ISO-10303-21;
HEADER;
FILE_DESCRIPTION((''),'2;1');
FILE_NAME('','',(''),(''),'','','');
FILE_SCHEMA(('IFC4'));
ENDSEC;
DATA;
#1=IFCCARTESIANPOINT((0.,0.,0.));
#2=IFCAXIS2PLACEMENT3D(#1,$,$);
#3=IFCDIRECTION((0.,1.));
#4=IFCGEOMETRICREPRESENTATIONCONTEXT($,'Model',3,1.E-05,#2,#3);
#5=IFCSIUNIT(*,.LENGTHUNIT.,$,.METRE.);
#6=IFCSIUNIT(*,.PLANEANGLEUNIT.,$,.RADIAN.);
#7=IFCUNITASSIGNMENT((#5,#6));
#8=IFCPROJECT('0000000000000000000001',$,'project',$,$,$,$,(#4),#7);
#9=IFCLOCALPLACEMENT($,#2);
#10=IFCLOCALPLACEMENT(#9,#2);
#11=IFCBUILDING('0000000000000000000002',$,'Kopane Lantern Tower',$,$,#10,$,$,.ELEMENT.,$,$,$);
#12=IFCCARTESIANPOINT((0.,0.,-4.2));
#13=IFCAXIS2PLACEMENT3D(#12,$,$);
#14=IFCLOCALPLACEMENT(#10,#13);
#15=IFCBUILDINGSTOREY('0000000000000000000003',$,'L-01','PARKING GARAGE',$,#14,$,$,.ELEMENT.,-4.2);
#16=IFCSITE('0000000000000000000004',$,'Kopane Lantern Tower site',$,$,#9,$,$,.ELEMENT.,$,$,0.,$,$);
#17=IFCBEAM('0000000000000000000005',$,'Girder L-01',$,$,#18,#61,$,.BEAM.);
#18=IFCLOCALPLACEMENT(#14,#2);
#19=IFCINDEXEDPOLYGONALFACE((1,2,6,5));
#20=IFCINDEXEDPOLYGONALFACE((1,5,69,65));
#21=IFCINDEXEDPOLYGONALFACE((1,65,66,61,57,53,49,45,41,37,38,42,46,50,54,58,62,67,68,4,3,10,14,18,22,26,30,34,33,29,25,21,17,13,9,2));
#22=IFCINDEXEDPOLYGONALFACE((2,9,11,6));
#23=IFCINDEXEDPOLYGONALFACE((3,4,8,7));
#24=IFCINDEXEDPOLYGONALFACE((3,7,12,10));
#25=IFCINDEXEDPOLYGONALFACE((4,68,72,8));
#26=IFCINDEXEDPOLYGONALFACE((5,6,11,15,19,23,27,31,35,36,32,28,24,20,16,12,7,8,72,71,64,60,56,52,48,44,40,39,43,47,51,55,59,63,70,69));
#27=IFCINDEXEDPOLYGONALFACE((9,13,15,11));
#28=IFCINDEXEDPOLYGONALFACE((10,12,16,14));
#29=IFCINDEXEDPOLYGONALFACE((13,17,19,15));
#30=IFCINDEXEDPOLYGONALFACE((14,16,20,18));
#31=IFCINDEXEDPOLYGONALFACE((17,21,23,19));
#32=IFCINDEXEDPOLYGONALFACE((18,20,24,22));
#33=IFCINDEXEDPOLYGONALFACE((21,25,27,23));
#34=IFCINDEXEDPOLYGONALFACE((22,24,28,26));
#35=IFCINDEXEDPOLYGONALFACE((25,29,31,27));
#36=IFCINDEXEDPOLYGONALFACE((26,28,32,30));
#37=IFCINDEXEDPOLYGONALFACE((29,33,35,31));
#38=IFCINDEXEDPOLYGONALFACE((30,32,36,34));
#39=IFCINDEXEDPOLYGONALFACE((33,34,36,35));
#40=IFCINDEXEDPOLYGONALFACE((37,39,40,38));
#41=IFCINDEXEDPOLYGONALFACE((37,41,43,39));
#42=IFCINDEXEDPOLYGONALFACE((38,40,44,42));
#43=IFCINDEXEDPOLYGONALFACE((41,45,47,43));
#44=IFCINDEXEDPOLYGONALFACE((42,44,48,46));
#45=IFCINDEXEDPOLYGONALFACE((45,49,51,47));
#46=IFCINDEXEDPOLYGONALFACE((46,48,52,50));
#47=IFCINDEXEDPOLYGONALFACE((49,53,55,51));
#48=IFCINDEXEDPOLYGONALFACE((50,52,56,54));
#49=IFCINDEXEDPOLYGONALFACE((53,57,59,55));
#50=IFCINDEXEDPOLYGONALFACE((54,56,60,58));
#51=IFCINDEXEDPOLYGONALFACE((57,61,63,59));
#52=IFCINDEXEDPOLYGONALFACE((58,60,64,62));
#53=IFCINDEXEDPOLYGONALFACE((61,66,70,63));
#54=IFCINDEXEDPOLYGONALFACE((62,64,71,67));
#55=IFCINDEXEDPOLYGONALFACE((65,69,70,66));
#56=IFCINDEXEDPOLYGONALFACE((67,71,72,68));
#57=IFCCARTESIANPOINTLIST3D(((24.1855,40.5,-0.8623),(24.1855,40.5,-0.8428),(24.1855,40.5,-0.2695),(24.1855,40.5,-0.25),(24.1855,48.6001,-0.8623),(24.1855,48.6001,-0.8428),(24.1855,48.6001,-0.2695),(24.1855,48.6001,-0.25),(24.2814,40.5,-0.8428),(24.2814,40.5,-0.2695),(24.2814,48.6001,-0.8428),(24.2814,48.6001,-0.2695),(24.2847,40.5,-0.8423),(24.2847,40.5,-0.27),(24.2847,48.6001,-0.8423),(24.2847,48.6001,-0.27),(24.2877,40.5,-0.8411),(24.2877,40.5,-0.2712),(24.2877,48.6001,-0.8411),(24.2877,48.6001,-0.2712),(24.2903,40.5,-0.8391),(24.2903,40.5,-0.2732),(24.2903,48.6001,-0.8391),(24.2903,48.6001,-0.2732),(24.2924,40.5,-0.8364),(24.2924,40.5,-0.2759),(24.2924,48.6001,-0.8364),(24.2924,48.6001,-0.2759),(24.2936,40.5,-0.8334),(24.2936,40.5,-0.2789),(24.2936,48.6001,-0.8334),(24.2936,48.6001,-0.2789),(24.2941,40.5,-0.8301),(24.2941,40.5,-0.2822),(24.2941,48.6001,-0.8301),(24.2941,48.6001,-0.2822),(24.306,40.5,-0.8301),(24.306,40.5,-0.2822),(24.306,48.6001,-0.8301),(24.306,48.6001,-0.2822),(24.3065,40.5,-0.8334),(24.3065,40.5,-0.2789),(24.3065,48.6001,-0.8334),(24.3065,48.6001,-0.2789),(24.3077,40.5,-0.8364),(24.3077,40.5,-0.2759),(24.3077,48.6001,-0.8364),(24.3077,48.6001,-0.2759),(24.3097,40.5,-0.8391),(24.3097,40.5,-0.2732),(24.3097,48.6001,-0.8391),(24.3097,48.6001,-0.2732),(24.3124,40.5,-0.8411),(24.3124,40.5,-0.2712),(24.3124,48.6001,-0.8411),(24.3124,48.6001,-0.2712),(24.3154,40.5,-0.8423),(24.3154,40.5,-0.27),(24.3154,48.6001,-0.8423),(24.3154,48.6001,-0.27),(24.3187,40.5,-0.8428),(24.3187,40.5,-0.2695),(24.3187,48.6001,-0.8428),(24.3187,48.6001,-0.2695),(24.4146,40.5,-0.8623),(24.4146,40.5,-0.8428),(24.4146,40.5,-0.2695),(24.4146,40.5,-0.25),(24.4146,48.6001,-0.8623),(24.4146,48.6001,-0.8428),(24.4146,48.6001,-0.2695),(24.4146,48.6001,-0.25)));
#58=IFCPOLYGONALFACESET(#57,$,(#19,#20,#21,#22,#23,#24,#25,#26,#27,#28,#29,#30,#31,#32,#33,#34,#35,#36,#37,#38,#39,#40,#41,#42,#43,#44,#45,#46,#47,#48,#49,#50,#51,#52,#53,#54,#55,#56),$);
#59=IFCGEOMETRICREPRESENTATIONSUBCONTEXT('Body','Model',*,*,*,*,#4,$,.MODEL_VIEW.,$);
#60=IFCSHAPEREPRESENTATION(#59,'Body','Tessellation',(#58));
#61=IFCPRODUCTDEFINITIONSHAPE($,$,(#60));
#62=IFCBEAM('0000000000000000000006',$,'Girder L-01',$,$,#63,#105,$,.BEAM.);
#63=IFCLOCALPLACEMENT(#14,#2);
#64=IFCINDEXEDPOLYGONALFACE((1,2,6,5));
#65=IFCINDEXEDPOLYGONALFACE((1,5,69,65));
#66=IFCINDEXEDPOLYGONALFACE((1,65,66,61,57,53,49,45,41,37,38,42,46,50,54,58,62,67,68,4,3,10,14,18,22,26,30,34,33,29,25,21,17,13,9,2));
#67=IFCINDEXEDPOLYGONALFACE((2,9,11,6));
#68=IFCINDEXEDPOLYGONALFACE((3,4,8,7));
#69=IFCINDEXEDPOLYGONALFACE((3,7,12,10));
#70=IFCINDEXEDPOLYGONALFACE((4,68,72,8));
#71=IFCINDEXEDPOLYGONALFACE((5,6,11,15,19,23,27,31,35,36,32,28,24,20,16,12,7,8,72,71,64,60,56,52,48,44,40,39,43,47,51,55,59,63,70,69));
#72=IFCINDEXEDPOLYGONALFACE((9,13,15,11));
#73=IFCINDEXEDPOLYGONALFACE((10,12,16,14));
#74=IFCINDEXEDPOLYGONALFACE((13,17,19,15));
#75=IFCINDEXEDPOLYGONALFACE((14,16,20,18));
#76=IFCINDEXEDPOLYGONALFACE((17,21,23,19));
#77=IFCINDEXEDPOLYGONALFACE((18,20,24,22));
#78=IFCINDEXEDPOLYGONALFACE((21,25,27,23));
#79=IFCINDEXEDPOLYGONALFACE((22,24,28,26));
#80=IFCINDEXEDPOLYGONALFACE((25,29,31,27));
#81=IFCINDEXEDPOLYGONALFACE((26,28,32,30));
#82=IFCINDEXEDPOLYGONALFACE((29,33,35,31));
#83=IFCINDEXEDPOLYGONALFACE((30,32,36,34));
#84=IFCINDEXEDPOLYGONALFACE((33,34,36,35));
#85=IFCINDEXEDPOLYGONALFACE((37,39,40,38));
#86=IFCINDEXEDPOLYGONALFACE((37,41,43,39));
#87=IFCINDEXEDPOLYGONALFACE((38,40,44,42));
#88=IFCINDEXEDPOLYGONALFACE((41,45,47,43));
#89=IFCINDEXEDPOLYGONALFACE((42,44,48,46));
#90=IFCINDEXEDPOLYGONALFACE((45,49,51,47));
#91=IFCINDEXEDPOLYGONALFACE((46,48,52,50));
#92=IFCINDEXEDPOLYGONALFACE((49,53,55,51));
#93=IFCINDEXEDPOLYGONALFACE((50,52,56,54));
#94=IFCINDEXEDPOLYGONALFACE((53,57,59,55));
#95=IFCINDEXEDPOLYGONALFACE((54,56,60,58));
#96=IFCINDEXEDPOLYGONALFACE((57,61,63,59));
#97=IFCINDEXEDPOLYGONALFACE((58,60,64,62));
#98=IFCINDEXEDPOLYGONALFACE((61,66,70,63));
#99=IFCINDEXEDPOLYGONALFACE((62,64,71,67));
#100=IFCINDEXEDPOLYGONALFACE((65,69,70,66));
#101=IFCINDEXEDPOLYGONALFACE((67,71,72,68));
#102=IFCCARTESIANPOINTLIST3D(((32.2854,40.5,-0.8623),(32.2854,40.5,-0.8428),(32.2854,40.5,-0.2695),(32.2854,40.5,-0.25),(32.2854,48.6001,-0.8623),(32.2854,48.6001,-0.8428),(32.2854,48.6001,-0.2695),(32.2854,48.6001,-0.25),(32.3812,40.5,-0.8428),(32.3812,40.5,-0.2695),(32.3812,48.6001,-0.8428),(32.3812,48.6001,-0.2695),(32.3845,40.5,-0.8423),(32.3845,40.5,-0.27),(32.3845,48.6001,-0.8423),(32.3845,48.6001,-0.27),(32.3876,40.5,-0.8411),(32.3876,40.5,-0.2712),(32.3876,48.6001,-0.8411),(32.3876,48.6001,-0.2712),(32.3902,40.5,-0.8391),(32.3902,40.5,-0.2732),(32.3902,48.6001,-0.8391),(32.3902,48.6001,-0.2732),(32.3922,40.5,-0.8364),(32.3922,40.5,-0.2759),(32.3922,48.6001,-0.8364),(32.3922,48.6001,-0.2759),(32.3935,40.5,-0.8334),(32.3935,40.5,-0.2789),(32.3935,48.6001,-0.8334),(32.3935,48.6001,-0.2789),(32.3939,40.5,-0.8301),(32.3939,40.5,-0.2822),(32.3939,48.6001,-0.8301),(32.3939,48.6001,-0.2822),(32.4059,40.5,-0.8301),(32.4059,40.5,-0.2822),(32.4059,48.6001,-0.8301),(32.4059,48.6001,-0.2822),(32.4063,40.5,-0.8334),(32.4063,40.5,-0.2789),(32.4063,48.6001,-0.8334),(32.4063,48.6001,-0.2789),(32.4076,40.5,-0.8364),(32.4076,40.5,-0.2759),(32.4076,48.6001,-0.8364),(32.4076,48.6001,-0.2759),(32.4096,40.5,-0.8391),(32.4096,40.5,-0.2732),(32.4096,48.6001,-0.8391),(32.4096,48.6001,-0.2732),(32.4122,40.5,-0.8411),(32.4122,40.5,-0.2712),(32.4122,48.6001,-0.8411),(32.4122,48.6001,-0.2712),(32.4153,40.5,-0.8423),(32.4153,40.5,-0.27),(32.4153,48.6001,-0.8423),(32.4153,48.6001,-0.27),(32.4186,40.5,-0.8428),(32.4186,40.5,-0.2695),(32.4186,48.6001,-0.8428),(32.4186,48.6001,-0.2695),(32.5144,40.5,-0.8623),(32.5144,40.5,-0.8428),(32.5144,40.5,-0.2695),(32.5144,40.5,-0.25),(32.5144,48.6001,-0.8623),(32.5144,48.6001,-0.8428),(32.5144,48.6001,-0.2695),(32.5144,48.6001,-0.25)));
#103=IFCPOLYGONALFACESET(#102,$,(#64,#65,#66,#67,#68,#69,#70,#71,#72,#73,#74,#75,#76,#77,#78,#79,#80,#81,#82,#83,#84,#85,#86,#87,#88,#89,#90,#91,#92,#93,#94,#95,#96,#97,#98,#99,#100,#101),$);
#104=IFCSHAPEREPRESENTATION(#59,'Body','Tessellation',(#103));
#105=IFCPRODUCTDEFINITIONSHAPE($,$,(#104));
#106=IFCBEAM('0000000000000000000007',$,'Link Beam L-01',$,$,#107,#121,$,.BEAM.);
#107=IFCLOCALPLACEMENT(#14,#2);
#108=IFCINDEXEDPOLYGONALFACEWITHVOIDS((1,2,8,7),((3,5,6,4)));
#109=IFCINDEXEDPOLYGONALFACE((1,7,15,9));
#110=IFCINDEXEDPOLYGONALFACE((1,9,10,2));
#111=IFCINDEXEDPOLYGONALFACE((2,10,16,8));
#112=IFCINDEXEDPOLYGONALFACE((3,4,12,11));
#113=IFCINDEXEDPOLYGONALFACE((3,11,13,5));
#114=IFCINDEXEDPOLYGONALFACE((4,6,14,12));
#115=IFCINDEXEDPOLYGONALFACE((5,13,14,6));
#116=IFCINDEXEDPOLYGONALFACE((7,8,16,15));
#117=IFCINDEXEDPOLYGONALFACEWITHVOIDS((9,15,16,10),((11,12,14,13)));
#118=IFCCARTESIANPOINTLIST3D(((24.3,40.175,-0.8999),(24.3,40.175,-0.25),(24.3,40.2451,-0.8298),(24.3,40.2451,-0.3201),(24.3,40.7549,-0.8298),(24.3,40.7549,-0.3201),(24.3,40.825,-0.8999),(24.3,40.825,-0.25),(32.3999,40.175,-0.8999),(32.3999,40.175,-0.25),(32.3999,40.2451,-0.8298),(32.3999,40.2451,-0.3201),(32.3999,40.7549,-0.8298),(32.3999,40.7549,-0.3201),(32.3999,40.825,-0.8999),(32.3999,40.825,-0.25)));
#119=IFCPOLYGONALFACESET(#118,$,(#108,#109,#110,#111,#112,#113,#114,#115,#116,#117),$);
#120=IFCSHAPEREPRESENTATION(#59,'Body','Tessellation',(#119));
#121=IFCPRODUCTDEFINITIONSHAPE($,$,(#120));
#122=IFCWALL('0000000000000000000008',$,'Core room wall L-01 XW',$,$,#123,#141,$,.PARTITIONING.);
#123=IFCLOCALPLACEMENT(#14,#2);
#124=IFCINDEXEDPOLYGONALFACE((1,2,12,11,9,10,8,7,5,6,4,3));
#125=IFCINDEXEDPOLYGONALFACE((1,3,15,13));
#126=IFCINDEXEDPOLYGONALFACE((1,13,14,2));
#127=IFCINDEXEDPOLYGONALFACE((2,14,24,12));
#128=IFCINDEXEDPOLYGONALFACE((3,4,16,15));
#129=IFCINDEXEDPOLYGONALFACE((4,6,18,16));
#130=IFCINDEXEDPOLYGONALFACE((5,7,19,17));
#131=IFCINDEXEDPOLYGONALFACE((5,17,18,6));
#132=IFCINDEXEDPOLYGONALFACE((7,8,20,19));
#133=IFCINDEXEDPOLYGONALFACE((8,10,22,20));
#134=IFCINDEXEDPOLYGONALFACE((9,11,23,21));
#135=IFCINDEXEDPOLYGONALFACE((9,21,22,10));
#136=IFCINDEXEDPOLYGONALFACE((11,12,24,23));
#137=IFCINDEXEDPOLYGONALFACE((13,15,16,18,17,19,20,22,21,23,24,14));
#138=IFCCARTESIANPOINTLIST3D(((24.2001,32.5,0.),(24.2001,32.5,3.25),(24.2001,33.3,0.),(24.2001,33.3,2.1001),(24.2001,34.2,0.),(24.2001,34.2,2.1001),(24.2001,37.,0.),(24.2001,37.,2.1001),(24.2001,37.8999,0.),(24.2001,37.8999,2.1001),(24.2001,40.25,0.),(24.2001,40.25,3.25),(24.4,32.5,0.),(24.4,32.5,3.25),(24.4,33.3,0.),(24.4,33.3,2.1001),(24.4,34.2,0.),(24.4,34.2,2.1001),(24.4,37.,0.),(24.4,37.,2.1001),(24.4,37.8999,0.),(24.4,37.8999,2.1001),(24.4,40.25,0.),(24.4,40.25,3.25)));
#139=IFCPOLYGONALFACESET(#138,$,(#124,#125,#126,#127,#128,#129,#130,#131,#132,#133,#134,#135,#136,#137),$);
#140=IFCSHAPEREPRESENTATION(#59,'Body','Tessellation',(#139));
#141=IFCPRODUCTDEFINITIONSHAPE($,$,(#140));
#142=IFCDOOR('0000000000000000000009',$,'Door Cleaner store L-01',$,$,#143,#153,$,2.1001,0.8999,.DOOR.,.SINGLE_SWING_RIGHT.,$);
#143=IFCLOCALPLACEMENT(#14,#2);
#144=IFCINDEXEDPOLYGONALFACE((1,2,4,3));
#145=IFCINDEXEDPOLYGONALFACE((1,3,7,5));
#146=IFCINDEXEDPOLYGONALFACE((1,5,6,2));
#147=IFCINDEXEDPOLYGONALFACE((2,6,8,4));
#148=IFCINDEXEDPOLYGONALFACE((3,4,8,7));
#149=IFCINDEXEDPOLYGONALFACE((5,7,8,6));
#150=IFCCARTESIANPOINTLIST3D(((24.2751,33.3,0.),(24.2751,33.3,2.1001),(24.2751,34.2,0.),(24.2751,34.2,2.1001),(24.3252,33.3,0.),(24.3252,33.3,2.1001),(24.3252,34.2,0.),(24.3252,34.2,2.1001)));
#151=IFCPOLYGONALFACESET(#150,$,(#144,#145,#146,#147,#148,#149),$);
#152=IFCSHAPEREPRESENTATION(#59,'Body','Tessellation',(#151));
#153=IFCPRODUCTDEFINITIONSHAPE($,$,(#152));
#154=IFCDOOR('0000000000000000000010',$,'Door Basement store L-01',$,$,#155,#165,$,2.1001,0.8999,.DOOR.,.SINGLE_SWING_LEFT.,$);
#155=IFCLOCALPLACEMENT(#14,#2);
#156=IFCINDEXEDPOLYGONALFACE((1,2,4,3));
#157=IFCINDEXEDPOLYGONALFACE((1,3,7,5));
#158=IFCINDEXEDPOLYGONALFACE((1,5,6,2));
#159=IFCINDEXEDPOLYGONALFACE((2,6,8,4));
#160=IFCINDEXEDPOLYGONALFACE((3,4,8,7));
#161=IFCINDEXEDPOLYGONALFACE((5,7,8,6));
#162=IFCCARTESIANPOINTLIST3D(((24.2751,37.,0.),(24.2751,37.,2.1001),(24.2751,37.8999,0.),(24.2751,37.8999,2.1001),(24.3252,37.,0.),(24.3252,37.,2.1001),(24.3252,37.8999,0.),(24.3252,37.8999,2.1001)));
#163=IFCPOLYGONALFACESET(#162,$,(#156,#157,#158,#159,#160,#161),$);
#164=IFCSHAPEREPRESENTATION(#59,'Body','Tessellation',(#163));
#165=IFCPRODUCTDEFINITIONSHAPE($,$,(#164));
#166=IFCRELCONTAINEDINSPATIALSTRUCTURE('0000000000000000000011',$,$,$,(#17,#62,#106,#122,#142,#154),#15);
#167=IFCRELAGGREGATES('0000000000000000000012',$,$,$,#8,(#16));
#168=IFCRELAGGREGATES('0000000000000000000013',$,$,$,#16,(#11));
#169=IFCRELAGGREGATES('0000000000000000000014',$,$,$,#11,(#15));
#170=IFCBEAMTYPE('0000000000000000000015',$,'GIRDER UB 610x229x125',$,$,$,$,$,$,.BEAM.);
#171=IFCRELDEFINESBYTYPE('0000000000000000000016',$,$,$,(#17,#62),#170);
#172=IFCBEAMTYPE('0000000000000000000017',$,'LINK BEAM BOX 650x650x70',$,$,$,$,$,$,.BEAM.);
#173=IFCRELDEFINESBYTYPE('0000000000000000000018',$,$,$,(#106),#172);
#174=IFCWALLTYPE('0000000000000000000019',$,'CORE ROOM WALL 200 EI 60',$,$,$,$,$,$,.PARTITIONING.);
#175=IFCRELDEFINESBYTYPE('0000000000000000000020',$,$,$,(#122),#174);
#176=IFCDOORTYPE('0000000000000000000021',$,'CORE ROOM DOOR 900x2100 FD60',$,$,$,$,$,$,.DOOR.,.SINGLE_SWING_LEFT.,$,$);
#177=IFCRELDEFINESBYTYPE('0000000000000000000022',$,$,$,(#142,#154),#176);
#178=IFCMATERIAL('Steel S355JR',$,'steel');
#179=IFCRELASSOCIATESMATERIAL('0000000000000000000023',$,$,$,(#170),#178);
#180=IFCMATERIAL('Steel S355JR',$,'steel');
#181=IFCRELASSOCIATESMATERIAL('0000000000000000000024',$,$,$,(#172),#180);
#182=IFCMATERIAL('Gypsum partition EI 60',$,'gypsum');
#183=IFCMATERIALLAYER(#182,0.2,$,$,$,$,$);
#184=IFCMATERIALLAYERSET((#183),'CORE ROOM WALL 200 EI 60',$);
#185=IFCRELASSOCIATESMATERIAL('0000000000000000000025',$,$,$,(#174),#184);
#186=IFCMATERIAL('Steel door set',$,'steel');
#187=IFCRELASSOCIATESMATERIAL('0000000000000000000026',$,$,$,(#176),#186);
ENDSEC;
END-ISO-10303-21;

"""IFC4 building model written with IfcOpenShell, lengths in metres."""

from ifc_helpers import new_model, si_unit, direction, frame, frame_2d, origin, origin_2d, place, context, subcontext, project, spatial, rectangle, hollow_rectangle, i_section, extrude, material, layer, layer_set, material_profile, profile_set, type_object, element, fill, save


model = new_model("IFC4")

# Units and contexts
model_context = context("Model", 3, precision=1e-05, world=origin(), true_north=direction((0.0, 1.0)))
body_context = subcontext(model_context, "Body", "Model", "MODEL_VIEW")
ifc_project = project(units=[si_unit("LENGTHUNIT", "METRE"), si_unit("PLANEANGLEUNIT", "RADIAN")], contexts=[model_context])

# Site, building, storey
site_placement = place(None, origin())
site = spatial("IfcSite", under=ifc_project, at=site_placement, Name="Kopane Lantern Tower site", CompositionType="ELEMENT", RefElevation=0.0)
building_placement = place(site_placement, origin())
building = spatial("IfcBuilding", under=site, at=building_placement, Name="Kopane Lantern Tower", CompositionType="ELEMENT")
storey_placement = place(building_placement, frame((0.0, 0.0, -4.2)))
storey = spatial("IfcBuildingStorey", under=building, at=storey_placement, Name="L-01", Description="PARKING GARAGE", CompositionType="ELEMENT", Elevation=-4.2)

# Beams
ifc_material_1 = material(Name="Steel S355JR", Category="steel")
ifc_material_profile_1 = material_profile(ifc_material_1, i_section(OverallWidth=0.229, OverallDepth=0.6123, WebThickness=0.012, FlangeThickness=0.0195, FilletRadius=0.0127, at=origin_2d()), Name="UB 610x229x125")
ifc_profile_set_1 = profile_set([ifc_material_profile_1], Name="Steel S355JR")
beam_type_1 = type_object("IfcBeamType", Name="GIRDER UB 610x229x125", PredefinedType="BEAM", material=ifc_profile_set_1)
for number, where, z_axis, x_axis, name in (
    (1, (24.3, 40.5, -0.5562), (0.0, 1.0, 0.0), (-1.0, 0.0, 0.0), "Girder L-01"),
    (2, (32.3999, 40.5, -0.5562), (0.0, 1.0, 0.0), (-1.0, 0.0, 0.0), "Girder L-01"),
):
    element("IfcBeam", number, at=place(storey_placement, frame(where, z_axis=z_axis, x_axis=x_axis)), inside=storey, type_object=beam_type_1, Name=name, PredefinedType="BEAM", context=body_context, shape_type="SweptSolid", body=[
        extrude(i_section(OverallWidth=0.229, OverallDepth=0.6123, WebThickness=0.012, FlangeThickness=0.0195, FilletRadius=0.0127, at=origin_2d()), origin(), (0.0, 0.0, 1.0), 8.1001),
    ])
ifc_material_2 = material(Name="Steel S355JR", Category="steel")
ifc_material_profile_2 = material_profile(ifc_material_2, hollow_rectangle(XDim=0.6499, YDim=0.6499, WallThickness=0.0701, at=origin_2d()), Name="BOX 650x650x70")
ifc_profile_set_2 = profile_set([ifc_material_profile_2], Name="Steel S355JR")
beam_type_2 = type_object("IfcBeamType", Name="LINK BEAM BOX 650x650x70", PredefinedType="BEAM", material=ifc_profile_set_2)
beam_1_placement = place(storey_placement, frame((24.3, 40.5, -0.575), z_axis=(1.0, 0.0, 0.0), x_axis=(0.0, 1.0, 0.0)))
element("IfcBeam", 3, at=beam_1_placement, inside=storey, type_object=beam_type_2, Name="Link Beam L-01", PredefinedType="BEAM", context=body_context, shape_type="SweptSolid", body=[
    extrude(hollow_rectangle(XDim=0.6499, YDim=0.6499, WallThickness=0.0701, at=origin_2d()), origin(), (0.0, 0.0, 1.0), 8.0999),
])

# Wall, openings, doors
ifc_material_3 = material(Name="Gypsum partition EI 60", Category="gypsum")
ifc_layer_1 = layer(ifc_material_3, 0.2)
ifc_layer_set_1 = layer_set([ifc_layer_1], Name="CORE ROOM WALL 200 EI 60")
wall_type_1 = type_object("IfcWallType", Name="CORE ROOM WALL 200 EI 60", PredefinedType="PARTITIONING", material=ifc_layer_set_1)
wall_1_placement = place(storey_placement, frame((24.3, 32.5, 0.0), z_axis=(0.0, 0.0, 1.0), x_axis=(0.0, 1.0, 0.0)))
wall_1 = element("IfcWall", 4, at=wall_1_placement, inside=storey, type_object=wall_type_1, Name="Core room wall L-01 XW", PredefinedType="PARTITIONING", context=body_context, shape_type="SweptSolid", body=[
    extrude(rectangle(XDim=7.75, YDim=0.2, at=frame_2d((3.875, 0.0))), origin(), (0.0, 0.0, 1.0), 3.25),
])
opening_1_placement = place(wall_1_placement, frame((0.8, 0.0, 0.0)))
opening_1 = element("IfcOpeningElement", 5, at=opening_1_placement, cuts=wall_1, PredefinedType="OPENING", context=body_context, shape_type="SweptSolid", body=[
    extrude(rectangle(XDim=0.8999, YDim=2.1001, at=frame_2d((0.45, 1.05))), frame((0.0, 0.1099, 0.0), z_axis=(0.0, -1.0, 0.0), x_axis=(1.0, 0.0, 0.0)), (0.0, 0.0, 1.0), 0.22),
])
opening_2_placement = place(wall_1_placement, frame((4.5, 0.0, 0.0)))
opening_2 = element("IfcOpeningElement", 6, at=opening_2_placement, cuts=wall_1, PredefinedType="OPENING", context=body_context, shape_type="SweptSolid", body=[
    extrude(rectangle(XDim=0.8999, YDim=2.1001, at=frame_2d((0.45, 1.05))), frame((0.0, 0.1099, 0.0), z_axis=(0.0, -1.0, 0.0), x_axis=(1.0, 0.0, 0.0)), (0.0, 0.0, 1.0), 0.22),
])
ifc_material_4 = material(Name="Steel door set", Category="steel")
door_type_1 = type_object("IfcDoorType", Name="CORE ROOM DOOR 900x2100 FD60", OperationType="SINGLE_SWING_LEFT", PredefinedType="DOOR", material=ifc_material_4)
door_1_placement = place(opening_1_placement, origin())
door_1 = element("IfcDoor", 7, at=door_1_placement, inside=storey, type_object=door_type_1, Name="Door Cleaner store L-01", OperationType="SINGLE_SWING_RIGHT", OverallHeight=2.1001, OverallWidth=0.8999, PredefinedType="DOOR", context=body_context, shape_type="SweptSolid", body=[
    extrude(rectangle(XDim=0.8999, YDim=2.1001, at=frame_2d((0.45, 1.05))), frame((0.0, 0.0249, 0.0), z_axis=(0.0, -1.0, 0.0), x_axis=(1.0, 0.0, 0.0)), (0.0, 0.0, 1.0), 0.05),
])
fill(opening_1, door_1)
door_2_placement = place(opening_2_placement, origin())
door_2 = element("IfcDoor", 8, at=door_2_placement, inside=storey, type_object=door_type_1, Name="Door Basement store L-01", OperationType="SINGLE_SWING_LEFT", OverallHeight=2.1001, OverallWidth=0.8999, PredefinedType="DOOR", context=body_context, shape_type="SweptSolid", body=[
    extrude(rectangle(XDim=0.8999, YDim=2.1001, at=frame_2d((0.45, 1.05))), frame((0.0, 0.0249, 0.0), z_axis=(0.0, -1.0, 0.0), x_axis=(1.0, 0.0, 0.0)), (0.0, 0.0, 1.0), 0.05),
])
fill(opening_2, door_2)

save(model, "model.ifc")
